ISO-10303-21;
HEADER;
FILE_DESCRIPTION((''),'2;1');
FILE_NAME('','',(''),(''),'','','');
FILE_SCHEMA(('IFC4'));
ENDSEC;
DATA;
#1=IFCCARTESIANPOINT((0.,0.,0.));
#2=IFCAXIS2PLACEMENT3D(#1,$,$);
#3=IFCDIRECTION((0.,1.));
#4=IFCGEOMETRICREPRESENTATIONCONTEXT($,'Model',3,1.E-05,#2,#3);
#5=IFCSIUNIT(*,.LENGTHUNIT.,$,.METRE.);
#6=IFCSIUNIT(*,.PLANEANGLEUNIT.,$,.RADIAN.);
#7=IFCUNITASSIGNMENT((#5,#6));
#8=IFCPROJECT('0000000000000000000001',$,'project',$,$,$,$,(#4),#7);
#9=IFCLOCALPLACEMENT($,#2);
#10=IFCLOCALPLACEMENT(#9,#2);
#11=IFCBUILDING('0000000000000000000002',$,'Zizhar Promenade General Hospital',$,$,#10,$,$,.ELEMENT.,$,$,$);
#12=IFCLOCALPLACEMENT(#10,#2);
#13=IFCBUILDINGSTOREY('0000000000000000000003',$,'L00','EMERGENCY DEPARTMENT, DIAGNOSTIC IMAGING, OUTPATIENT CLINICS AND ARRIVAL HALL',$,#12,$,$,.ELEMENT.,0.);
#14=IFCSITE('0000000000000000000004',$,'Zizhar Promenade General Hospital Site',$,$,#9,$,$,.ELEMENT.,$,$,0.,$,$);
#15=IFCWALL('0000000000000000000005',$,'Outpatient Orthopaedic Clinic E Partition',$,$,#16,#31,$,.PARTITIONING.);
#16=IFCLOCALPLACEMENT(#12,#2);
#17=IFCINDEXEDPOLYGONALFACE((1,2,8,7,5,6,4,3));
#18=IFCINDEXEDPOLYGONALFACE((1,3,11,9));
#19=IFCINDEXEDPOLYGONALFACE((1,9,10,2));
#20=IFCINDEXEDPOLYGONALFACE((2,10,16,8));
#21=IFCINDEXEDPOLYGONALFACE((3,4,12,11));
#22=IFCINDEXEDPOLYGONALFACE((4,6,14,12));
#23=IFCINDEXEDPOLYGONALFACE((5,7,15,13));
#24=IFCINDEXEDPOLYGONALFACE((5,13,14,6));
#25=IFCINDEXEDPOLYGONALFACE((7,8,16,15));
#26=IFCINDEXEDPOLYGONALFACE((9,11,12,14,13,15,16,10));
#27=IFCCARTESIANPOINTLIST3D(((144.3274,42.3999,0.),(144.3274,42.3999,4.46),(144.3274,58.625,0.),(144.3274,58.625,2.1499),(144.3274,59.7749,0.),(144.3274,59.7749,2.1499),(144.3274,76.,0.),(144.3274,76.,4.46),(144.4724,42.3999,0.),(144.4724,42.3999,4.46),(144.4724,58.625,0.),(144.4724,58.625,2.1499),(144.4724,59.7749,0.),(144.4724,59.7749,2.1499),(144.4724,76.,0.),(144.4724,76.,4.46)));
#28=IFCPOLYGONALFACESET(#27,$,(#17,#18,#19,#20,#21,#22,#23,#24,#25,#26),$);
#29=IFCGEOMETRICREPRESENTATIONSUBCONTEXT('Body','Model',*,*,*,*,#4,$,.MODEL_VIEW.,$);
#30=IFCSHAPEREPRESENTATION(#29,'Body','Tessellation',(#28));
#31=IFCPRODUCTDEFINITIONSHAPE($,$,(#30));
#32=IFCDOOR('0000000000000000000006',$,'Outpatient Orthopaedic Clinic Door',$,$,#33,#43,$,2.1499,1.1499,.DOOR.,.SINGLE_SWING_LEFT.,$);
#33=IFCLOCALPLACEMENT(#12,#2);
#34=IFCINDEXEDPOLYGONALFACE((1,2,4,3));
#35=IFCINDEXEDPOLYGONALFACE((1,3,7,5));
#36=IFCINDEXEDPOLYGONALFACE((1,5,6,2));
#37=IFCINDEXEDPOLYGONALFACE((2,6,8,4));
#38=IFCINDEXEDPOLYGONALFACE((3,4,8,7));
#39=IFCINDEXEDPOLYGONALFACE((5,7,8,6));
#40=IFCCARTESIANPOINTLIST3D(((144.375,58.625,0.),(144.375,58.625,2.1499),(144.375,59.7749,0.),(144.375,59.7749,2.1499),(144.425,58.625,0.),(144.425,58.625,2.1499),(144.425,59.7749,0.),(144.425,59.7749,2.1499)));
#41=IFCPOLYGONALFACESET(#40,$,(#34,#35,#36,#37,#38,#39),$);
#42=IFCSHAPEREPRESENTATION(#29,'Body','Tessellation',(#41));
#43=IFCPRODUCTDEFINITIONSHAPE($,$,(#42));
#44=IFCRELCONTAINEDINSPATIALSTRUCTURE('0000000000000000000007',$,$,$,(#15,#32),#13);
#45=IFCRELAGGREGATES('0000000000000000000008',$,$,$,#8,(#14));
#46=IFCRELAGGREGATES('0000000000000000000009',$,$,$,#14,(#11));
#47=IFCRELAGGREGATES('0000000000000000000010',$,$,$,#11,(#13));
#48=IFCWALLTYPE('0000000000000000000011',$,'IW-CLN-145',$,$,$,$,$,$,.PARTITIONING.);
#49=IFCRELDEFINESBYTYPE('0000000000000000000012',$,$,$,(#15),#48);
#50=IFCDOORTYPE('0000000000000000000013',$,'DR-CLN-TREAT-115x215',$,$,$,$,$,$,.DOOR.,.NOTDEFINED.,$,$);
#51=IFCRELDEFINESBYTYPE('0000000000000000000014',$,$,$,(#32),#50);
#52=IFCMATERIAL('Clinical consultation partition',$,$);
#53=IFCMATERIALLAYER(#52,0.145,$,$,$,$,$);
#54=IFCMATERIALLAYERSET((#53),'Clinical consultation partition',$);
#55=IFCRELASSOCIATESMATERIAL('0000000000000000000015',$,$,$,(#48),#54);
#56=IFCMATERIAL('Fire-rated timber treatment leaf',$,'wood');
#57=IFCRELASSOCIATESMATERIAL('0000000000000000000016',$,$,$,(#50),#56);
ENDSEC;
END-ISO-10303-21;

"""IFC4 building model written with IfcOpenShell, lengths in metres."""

from ifc_helpers import new_model, si_unit, direction, frame, frame_2d, origin, place, context, subcontext, project, spatial, rectangle, extrude, material, layer, layer_set, type_object, element, fill, save


model = new_model("IFC4")

# Units and contexts
model_context = context("Model", 3, precision=1e-05, world=origin(), true_north=direction((0.0, 1.0)))
body_context = subcontext(model_context, "Body", "Model", "MODEL_VIEW")
ifc_project = project(units=[si_unit("LENGTHUNIT", "METRE"), si_unit("PLANEANGLEUNIT", "RADIAN")], contexts=[model_context])

# Site, building, storey
site_placement = place(None, origin())
site = spatial("IfcSite", under=ifc_project, at=site_placement, Name="Zizhar Promenade General Hospital Site", CompositionType="ELEMENT", RefElevation=0.0)
building_placement = place(site_placement, origin())
building = spatial("IfcBuilding", under=site, at=building_placement, Name="Zizhar Promenade General Hospital", CompositionType="ELEMENT")
storey_placement = place(building_placement, origin())
storey = spatial("IfcBuildingStorey", under=building, at=storey_placement, Name="L00", Description="EMERGENCY DEPARTMENT, DIAGNOSTIC IMAGING, OUTPATIENT CLINICS AND ARRIVAL HALL", CompositionType="ELEMENT", Elevation=0.0)

# Wall, opening, door
ifc_material_1 = material(Name="Clinical consultation partition")
ifc_layer_1 = layer(ifc_material_1, 0.145)
ifc_layer_set_1 = layer_set([ifc_layer_1], Name="Clinical consultation partition")
wall_type = type_object("IfcWallType", Name="IW-CLN-145", PredefinedType="PARTITIONING", material=ifc_layer_set_1)
wall_placement = place(storey_placement, frame((144.3999, 42.3999, 0.0), z_axis=(0.0, 0.0, 1.0), x_axis=(0.0, 1.0, 0.0)))
wall = element("IfcWall", 1, at=wall_placement, inside=storey, type_object=wall_type, Name="Outpatient Orthopaedic Clinic E Partition", PredefinedType="PARTITIONING", context=body_context, shape_type="SweptSolid", body=[
    extrude(rectangle(XDim=33.6001, YDim=0.145, at=frame_2d((16.8, 0.0))), origin(), (0.0, 0.0, 1.0), 4.46),
])
opening_placement = place(wall_placement, frame((16.2251, 0.0, 0.0)))
opening = element("IfcOpeningElement", 2, at=opening_placement, cuts=wall, PredefinedType="OPENING", context=body_context, shape_type="SweptSolid", body=[
    extrude(rectangle(XDim=1.1499, YDim=2.1499, at=frame_2d((0.575, 1.075))), frame((0.0, 0.0825, 0.0), z_axis=(0.0, -1.0, 0.0), x_axis=(1.0, 0.0, 0.0)), (0.0, 0.0, 1.0), 0.165),
])
ifc_material_2 = material(Name="Fire-rated timber treatment leaf", Category="wood")
door_type = type_object("IfcDoorType", Name="DR-CLN-TREAT-115x215", OperationType="NOTDEFINED", PredefinedType="DOOR", material=ifc_material_2)
door_placement = place(opening_placement, origin())
door = element("IfcDoor", 3, at=door_placement, inside=storey, type_object=door_type, Name="Outpatient Orthopaedic Clinic Door", OperationType="SINGLE_SWING_LEFT", OverallHeight=2.1499, OverallWidth=1.1499, PredefinedType="DOOR", context=body_context, shape_type="SweptSolid", body=[
    extrude(rectangle(XDim=1.1499, YDim=2.1499, at=frame_2d((0.575, 1.075))), frame((0.0, 0.0249, 0.0), z_axis=(0.0, -1.0, 0.0), x_axis=(1.0, 0.0, 0.0)), (0.0, 0.0, 1.0), 0.05),
])
fill(opening, door)

save(model, "model.ifc")
